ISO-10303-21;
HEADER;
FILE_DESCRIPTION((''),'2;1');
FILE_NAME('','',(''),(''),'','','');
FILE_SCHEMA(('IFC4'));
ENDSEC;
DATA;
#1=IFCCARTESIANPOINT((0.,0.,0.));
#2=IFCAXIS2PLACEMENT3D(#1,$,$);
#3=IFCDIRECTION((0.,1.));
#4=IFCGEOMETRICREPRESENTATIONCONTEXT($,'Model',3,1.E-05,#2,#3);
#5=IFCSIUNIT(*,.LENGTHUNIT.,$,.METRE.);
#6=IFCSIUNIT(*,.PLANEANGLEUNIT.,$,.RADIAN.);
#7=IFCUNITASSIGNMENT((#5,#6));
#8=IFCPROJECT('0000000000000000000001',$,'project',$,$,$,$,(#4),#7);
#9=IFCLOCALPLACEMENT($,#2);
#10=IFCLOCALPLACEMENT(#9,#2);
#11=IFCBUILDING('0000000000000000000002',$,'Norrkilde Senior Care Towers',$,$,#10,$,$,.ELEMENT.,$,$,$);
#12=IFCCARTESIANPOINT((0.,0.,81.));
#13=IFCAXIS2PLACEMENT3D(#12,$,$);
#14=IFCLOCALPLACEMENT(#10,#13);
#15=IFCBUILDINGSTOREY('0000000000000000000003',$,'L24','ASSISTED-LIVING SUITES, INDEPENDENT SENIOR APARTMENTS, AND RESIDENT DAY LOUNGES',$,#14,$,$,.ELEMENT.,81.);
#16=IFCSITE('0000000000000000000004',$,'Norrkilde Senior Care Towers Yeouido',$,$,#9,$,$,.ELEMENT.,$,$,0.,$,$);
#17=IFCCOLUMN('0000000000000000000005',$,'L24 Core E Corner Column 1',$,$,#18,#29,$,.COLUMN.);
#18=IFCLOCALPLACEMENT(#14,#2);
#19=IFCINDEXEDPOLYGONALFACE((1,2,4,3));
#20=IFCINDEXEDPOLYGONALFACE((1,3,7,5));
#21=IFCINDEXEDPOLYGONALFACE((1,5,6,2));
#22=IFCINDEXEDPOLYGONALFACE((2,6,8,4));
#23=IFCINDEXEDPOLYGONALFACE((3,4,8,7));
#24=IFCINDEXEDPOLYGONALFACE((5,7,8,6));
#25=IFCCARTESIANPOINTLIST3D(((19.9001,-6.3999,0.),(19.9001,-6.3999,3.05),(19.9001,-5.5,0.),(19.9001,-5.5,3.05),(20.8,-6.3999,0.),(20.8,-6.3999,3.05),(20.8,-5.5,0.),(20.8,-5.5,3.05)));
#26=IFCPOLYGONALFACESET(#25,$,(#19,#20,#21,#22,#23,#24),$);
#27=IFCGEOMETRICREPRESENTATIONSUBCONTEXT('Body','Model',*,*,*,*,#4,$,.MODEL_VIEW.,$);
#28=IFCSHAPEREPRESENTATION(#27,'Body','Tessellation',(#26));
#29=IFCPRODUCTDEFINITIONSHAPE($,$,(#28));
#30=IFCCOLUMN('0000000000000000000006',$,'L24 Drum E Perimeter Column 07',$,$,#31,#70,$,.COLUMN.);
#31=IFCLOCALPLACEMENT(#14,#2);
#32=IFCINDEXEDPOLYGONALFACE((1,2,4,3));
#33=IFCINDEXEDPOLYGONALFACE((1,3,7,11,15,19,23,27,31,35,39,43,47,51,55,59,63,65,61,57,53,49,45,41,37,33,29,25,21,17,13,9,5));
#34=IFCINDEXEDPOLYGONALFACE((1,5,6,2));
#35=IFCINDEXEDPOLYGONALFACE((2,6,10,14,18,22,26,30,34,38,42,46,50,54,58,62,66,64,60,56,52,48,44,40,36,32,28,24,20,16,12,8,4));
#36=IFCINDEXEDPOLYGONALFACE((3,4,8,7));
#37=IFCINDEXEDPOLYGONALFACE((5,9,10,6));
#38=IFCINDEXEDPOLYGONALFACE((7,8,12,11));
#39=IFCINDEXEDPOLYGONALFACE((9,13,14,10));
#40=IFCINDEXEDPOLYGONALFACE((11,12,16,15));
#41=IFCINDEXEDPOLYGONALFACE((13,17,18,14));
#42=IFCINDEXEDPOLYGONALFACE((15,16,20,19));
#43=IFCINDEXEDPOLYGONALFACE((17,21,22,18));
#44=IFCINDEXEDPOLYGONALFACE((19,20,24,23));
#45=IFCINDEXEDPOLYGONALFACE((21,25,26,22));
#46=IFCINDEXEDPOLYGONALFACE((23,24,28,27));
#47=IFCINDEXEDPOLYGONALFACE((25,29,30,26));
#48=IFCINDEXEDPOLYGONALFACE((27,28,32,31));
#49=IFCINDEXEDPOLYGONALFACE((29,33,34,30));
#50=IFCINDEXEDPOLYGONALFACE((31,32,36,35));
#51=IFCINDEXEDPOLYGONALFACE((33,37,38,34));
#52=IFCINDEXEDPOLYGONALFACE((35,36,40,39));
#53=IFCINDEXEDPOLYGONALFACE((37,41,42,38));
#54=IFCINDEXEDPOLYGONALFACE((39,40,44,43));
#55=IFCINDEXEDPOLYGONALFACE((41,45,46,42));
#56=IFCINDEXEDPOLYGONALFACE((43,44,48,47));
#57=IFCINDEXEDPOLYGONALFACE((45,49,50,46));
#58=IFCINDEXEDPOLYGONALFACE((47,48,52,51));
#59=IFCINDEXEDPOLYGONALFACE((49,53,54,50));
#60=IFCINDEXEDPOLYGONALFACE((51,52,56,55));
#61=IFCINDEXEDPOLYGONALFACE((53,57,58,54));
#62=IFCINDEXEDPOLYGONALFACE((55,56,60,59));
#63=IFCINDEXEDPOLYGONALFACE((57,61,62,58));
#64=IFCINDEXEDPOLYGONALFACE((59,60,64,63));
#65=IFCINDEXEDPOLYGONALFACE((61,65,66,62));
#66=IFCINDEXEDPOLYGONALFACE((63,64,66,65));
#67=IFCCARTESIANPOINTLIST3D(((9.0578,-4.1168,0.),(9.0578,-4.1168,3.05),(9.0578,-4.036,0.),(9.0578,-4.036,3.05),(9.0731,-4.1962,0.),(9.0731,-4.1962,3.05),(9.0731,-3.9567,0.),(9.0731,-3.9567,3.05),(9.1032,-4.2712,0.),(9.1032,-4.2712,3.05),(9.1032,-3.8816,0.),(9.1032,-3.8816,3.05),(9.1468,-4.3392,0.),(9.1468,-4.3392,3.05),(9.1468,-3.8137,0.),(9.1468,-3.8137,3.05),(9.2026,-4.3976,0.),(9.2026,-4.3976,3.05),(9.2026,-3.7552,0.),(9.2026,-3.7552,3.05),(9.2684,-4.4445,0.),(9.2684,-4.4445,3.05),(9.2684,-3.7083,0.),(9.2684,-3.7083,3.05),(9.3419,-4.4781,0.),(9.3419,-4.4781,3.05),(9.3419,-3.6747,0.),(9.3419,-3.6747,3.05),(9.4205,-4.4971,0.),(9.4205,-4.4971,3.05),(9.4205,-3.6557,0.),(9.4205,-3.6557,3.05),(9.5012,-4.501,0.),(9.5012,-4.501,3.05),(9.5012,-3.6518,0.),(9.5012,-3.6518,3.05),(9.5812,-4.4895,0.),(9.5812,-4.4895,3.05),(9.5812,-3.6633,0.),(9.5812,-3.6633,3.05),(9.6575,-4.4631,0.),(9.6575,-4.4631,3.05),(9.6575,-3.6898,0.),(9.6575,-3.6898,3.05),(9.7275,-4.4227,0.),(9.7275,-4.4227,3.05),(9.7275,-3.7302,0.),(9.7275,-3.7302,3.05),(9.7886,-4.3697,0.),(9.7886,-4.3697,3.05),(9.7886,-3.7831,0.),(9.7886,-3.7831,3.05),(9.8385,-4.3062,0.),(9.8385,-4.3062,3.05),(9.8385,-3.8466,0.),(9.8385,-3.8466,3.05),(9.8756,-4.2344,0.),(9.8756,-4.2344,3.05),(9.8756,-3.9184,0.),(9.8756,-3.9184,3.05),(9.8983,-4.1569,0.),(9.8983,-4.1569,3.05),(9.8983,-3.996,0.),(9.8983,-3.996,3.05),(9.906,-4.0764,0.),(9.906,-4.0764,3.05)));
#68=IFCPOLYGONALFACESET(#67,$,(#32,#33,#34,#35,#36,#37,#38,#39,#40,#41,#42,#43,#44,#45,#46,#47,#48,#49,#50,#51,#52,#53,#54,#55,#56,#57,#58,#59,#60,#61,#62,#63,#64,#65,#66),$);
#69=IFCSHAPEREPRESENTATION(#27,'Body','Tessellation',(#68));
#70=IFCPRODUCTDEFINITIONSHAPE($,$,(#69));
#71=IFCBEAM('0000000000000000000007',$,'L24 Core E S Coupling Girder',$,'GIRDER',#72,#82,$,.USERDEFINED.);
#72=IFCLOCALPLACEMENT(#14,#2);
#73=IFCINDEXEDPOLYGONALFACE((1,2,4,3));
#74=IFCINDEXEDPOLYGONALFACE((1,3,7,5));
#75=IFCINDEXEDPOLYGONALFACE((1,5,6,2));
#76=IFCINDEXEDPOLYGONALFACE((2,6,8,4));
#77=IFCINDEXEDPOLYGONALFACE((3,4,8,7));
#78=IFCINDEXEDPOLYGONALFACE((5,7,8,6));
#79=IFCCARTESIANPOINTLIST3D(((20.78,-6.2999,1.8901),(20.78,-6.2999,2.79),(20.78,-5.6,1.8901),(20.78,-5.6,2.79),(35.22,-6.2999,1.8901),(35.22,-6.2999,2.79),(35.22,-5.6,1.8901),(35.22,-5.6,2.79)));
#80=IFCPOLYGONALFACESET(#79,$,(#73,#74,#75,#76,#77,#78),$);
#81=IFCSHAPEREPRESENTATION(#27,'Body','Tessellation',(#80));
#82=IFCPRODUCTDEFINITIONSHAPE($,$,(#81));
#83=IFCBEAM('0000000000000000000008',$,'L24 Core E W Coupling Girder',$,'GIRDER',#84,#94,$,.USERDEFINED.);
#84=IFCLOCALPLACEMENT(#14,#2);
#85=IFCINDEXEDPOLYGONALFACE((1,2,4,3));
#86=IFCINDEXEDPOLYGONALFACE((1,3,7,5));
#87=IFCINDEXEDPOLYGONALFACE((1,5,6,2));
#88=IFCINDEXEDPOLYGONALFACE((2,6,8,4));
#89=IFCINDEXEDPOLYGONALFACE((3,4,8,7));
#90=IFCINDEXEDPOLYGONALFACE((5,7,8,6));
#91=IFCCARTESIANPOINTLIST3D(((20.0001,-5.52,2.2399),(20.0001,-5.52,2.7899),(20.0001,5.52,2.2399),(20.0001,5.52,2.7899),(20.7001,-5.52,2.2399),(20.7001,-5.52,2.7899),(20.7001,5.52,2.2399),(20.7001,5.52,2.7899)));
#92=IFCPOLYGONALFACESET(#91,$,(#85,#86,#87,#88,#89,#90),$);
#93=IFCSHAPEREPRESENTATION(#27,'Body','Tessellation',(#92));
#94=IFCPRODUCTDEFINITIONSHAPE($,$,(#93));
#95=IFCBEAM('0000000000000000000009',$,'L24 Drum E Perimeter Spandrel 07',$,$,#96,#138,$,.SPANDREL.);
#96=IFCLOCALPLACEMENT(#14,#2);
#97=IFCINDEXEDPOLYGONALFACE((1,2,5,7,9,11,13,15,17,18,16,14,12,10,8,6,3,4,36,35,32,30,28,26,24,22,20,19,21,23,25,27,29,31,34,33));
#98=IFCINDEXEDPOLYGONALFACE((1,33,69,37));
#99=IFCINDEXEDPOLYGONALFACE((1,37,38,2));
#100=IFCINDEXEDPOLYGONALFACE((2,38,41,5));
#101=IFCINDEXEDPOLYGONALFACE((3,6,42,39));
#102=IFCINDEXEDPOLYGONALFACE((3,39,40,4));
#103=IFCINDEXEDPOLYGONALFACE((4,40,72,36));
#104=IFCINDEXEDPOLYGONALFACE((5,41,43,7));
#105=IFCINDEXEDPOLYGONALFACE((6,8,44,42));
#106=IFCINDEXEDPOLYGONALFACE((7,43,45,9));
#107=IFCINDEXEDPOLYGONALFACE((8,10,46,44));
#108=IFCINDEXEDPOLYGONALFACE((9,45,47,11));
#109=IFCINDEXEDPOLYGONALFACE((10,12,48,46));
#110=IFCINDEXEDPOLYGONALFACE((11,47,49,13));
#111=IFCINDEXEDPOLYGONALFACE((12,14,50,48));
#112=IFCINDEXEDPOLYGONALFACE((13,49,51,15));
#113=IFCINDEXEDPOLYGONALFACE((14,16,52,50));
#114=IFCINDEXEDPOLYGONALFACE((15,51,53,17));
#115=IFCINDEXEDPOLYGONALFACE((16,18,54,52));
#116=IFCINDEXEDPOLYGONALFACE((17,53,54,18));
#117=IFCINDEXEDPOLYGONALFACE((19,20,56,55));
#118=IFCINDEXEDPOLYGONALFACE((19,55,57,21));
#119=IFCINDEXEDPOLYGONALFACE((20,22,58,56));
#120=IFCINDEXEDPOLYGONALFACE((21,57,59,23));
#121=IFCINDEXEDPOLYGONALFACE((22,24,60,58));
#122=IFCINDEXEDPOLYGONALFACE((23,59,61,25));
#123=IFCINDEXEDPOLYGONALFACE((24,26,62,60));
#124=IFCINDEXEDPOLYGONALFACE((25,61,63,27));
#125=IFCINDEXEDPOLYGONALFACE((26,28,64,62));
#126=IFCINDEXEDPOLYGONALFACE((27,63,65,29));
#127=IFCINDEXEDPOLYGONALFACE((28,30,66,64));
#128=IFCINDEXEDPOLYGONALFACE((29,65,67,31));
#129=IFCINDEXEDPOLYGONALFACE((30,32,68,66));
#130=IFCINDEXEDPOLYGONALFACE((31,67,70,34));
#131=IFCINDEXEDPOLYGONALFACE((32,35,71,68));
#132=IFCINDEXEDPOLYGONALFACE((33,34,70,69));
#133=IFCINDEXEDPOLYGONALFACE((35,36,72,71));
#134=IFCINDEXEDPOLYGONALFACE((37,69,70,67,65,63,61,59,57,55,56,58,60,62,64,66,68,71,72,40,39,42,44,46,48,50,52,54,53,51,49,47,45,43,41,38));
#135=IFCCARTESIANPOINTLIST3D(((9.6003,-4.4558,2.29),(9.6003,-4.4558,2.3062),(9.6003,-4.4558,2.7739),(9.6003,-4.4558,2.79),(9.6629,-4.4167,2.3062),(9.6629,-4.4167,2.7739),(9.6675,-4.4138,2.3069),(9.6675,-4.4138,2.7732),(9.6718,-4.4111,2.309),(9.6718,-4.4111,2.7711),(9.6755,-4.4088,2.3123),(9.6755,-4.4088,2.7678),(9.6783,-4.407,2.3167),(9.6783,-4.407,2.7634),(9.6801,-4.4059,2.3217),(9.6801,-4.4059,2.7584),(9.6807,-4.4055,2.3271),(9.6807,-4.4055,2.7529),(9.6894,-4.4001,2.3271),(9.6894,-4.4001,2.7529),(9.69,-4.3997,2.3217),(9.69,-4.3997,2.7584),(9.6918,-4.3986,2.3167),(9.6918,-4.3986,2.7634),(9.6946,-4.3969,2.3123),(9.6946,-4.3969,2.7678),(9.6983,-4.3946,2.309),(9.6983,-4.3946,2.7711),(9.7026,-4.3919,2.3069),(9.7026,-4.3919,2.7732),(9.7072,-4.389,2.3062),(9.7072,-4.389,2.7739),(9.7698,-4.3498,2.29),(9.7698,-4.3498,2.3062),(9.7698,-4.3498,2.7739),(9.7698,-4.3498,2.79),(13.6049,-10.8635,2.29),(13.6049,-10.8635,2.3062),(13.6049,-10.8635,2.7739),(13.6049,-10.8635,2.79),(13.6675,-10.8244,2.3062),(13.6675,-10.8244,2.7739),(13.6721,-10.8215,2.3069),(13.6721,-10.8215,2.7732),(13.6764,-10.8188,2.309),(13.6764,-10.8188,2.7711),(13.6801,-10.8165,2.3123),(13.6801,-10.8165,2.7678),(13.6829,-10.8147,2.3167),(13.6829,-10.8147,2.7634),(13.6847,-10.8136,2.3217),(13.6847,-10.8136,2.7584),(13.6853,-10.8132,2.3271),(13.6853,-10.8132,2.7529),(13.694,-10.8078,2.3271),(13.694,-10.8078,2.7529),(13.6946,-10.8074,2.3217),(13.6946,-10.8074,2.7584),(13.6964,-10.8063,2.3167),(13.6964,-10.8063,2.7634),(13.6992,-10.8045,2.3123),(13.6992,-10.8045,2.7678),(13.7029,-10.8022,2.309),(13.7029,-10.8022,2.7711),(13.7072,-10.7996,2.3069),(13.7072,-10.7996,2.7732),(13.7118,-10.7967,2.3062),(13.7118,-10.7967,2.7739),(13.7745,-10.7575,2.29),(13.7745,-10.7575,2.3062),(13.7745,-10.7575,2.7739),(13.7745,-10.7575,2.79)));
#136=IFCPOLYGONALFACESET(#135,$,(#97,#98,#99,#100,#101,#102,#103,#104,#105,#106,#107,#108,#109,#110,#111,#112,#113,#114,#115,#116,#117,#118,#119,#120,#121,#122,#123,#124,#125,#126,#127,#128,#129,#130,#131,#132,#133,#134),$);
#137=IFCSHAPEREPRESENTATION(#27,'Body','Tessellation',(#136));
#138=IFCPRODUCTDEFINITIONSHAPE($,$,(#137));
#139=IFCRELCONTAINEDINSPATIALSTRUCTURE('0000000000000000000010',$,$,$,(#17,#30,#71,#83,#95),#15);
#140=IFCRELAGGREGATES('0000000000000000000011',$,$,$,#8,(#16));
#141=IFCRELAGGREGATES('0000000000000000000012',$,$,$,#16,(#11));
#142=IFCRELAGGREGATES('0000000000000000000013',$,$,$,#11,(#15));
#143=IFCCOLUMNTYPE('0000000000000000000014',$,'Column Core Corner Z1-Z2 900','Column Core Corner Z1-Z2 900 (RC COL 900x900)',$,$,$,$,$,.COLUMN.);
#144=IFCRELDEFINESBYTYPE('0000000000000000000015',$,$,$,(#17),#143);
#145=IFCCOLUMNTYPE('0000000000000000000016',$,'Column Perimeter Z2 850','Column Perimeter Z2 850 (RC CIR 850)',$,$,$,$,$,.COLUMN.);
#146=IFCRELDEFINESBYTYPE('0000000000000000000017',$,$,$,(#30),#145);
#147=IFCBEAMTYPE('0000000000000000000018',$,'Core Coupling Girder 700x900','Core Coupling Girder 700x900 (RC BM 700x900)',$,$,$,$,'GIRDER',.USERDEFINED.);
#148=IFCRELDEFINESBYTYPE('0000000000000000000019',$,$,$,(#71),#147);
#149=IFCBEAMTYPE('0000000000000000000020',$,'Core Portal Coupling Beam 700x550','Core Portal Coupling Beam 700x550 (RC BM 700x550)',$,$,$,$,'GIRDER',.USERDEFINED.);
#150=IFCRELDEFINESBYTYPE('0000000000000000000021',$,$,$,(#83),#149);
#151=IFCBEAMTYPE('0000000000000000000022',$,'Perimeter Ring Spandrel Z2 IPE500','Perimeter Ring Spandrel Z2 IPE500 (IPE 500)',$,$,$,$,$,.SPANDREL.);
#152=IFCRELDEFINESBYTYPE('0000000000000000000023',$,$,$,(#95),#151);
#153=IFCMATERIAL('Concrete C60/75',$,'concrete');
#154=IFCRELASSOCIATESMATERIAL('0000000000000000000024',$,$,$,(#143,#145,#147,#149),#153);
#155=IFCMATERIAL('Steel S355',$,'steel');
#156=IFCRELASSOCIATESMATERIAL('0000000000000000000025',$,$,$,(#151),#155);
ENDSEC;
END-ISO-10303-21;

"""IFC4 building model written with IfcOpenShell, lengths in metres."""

from ifc_helpers import new_model, si_unit, direction, frame, origin, origin_2d, place, context, subcontext, project, spatial, rectangle, circle, i_section, extrude, source, transform, mapped, material, material_profile, profile_set, type_object, type_shapes, element, save


model = new_model("IFC4")

# Units and contexts
model_context = context("Model", 3, precision=1e-05, world=origin(), true_north=direction((0.0, 1.0)))
body_context = subcontext(model_context, "Body", "Model", "MODEL_VIEW")
ifc_project = project(units=[si_unit("LENGTHUNIT", "METRE"), si_unit("PLANEANGLEUNIT", "RADIAN")], contexts=[model_context])

# Site, building, storey
site_placement = place(None, origin())
site = spatial("IfcSite", under=ifc_project, at=site_placement, Name="Norrkilde Senior Care Towers Yeouido", CompositionType="ELEMENT", RefElevation=0.0)
building_placement = place(site_placement, origin())
building = spatial("IfcBuilding", under=site, at=building_placement, Name="Norrkilde Senior Care Towers", CompositionType="ELEMENT")
storey_placement = place(building_placement, frame((0.0, 0.0, 81.0)))
storey = spatial("IfcBuildingStorey", under=building, at=storey_placement, Name="L24", Description="ASSISTED-LIVING SUITES, INDEPENDENT SENIOR APARTMENTS, AND RESIDENT DAY LOUNGES", CompositionType="ELEMENT", Elevation=81.0)

# Columns
ifc_material_1 = material(Name="Concrete C60/75", Category="concrete")
ifc_material_profile_1 = material_profile(ifc_material_1, rectangle(XDim=0.8999, YDim=0.8999, at=origin_2d()), Name="RC COL 900x900")
ifc_profile_set_1 = profile_set([ifc_material_profile_1], Name="Concrete C60/75")
column_type_1 = type_object("IfcColumnType", Name="Column Core Corner Z1-Z2 900", Description="Column Core Corner Z1-Z2 900 (RC COL 900x900)", PredefinedType="COLUMN", material=ifc_profile_set_1)
shared_shape_1 = source(origin(), body_context, "Body", "SweptSolid", [
    extrude(rectangle(XDim=0.8999, YDim=0.8999, at=origin_2d()), origin(), (0.0, 0.0, 1.0), 3.05),
])
type_shapes(column_type_1, [shared_shape_1])
column_1_placement = place(storey_placement, frame((20.3501, -5.95, 0.0), z_axis=(0.0, 0.0, 1.0), x_axis=(1.0, 0.0, 0.0)))
element("IfcColumn", 1, at=column_1_placement, inside=storey, type_object=column_type_1, Name="L24 Core E Corner Column 1", PredefinedType="COLUMN", context=body_context, shape_type="MappedRepresentation", body=[
    mapped(shared_shape_1, transform((0.0, 0.0, 0.0), x_axis=(1.0, 0.0, 0.0), y_axis=(0.0, 1.0, 0.0), z_axis=(0.0, 0.0, 1.0), scale=1.0)),
])
ifc_material_profile_2 = material_profile(ifc_material_1, circle(Radius=0.425, at=origin_2d()), Name="RC CIR 850")
ifc_profile_set_2 = profile_set([ifc_material_profile_2], Name="Concrete C60/75")
column_type_2 = type_object("IfcColumnType", Name="Column Perimeter Z2 850", Description="Column Perimeter Z2 850 (RC CIR 850)", PredefinedType="COLUMN", material=ifc_profile_set_2)
shared_shape_2 = source(origin(), body_context, "Body", "SweptSolid", [
    extrude(circle(Radius=0.425, at=origin_2d()), origin(), (0.0, 0.0, 1.0), 3.05),
])
type_shapes(column_type_2, [shared_shape_2])
column_2_placement = place(storey_placement, frame((9.481, -4.0764, 0.0), z_axis=(0.0, 0.0, 1.0), x_axis=(1.0, 0.0, 0.0)))
element("IfcColumn", 2, at=column_2_placement, inside=storey, type_object=column_type_2, Name="L24 Drum E Perimeter Column 07", PredefinedType="COLUMN", context=body_context, shape_type="MappedRepresentation", body=[
    mapped(shared_shape_2, transform((0.0, 0.0, 0.0), x_axis=(1.0, 0.0, 0.0), y_axis=(0.0, 1.0, 0.0), z_axis=(0.0, 0.0, 1.0), scale=1.0)),
])

# Beams
ifc_material_profile_3 = material_profile(ifc_material_1, rectangle(XDim=0.7, YDim=0.8999, at=origin_2d()), Name="RC BM 700x900")
ifc_profile_set_3 = profile_set([ifc_material_profile_3], Name="Concrete C60/75")
beam_type_1 = type_object("IfcBeamType", Name="Core Coupling Girder 700x900", Description="Core Coupling Girder 700x900 (RC BM 700x900)", ElementType="GIRDER", PredefinedType="USERDEFINED", material=ifc_profile_set_3)
shared_shape_3 = source(origin(), body_context, "Body", "SweptSolid", [
    extrude(rectangle(XDim=0.7, YDim=0.8999, at=origin_2d()), origin(), (0.0, 0.0, 1.0), 14.4399),
])
type_shapes(beam_type_1, [shared_shape_3])
beam_1_placement = place(storey_placement, frame((20.78, -5.95, 2.3401), z_axis=(1.0, 0.0, 0.0), x_axis=(0.0, 1.0, 0.0)))
element("IfcBeam", 3, at=beam_1_placement, inside=storey, type_object=beam_type_1, Name="L24 Core E S Coupling Girder", ObjectType="GIRDER", PredefinedType="USERDEFINED", context=body_context, shape_type="MappedRepresentation", body=[
    mapped(shared_shape_3, transform((0.0, 0.0, 0.0), x_axis=(1.0, 0.0, 0.0), y_axis=(0.0, 1.0, 0.0), z_axis=(0.0, 0.0, 1.0), scale=1.0)),
])
ifc_material_profile_4 = material_profile(ifc_material_1, rectangle(XDim=0.7, YDim=0.55, at=origin_2d()), Name="RC BM 700x550")
ifc_profile_set_4 = profile_set([ifc_material_profile_4], Name="Concrete C60/75")
beam_type_2 = type_object("IfcBeamType", Name="Core Portal Coupling Beam 700x550", Description="Core Portal Coupling Beam 700x550 (RC BM 700x550)", ElementType="GIRDER", PredefinedType="USERDEFINED", material=ifc_profile_set_4)
shared_shape_4 = source(origin(), body_context, "Body", "SweptSolid", [
    extrude(rectangle(XDim=0.7, YDim=0.55, at=origin_2d()), origin(), (0.0, 0.0, 1.0), 11.04),
])
type_shapes(beam_type_2, [shared_shape_4])
beam_2_placement = place(storey_placement, frame((20.3501, -5.52, 2.5149), z_axis=(0.0, 1.0, 0.0), x_axis=(-1.0, 0.0, 0.0)))
element("IfcBeam", 4, at=beam_2_placement, inside=storey, type_object=beam_type_2, Name="L24 Core E W Coupling Girder", ObjectType="GIRDER", PredefinedType="USERDEFINED", context=body_context, shape_type="MappedRepresentation", body=[
    mapped(shared_shape_4, transform((0.0, 0.0, 0.0), x_axis=(1.0, 0.0, 0.0), y_axis=(0.0, 1.0, 0.0), z_axis=(0.0, 0.0, 1.0), scale=1.0)),
])
ifc_material_2 = material(Name="Steel S355", Category="steel")
ifc_material_profile_5 = material_profile(ifc_material_2, i_section(OverallWidth=0.2, OverallDepth=0.5, WebThickness=0.0103, FlangeThickness=0.0161, FilletRadius=0.021, at=origin_2d()), Name="IPE 500")
ifc_profile_set_5 = profile_set([ifc_material_profile_5], Name="Steel S355")
beam_type_3 = type_object("IfcBeamType", Name="Perimeter Ring Spandrel Z2 IPE500", Description="Perimeter Ring Spandrel Z2 IPE500 (IPE 500)", PredefinedType="SPANDREL", material=ifc_profile_set_5)
shared_shape_5 = source(origin(), body_context, "Body", "SweptSolid", [
    extrude(i_section(OverallWidth=0.2, OverallDepth=0.5, WebThickness=0.0103, FlangeThickness=0.0161, FilletRadius=0.021, at=origin_2d()), origin(), (0.0, 0.0, 1.0), 7.5562),
])
type_shapes(beam_type_3, [shared_shape_5])
beam_3_placement = place(storey_placement, frame((9.6851, -4.4028, 2.54), z_axis=(0.529982, -0.848009, 0.0), x_axis=(0.848009, 0.529982, 0.0)))
element("IfcBeam", 5, at=beam_3_placement, inside=storey, type_object=beam_type_3, Name="L24 Drum E Perimeter Spandrel 07", PredefinedType="SPANDREL", context=body_context, shape_type="MappedRepresentation", body=[
    mapped(shared_shape_5, transform((0.0, 0.0, 0.0), x_axis=(1.0, 0.0, 0.0), y_axis=(0.0, 1.0, 0.0), z_axis=(0.0, 0.0, 1.0), scale=1.0)),
])

save(model, "model.ifc")
